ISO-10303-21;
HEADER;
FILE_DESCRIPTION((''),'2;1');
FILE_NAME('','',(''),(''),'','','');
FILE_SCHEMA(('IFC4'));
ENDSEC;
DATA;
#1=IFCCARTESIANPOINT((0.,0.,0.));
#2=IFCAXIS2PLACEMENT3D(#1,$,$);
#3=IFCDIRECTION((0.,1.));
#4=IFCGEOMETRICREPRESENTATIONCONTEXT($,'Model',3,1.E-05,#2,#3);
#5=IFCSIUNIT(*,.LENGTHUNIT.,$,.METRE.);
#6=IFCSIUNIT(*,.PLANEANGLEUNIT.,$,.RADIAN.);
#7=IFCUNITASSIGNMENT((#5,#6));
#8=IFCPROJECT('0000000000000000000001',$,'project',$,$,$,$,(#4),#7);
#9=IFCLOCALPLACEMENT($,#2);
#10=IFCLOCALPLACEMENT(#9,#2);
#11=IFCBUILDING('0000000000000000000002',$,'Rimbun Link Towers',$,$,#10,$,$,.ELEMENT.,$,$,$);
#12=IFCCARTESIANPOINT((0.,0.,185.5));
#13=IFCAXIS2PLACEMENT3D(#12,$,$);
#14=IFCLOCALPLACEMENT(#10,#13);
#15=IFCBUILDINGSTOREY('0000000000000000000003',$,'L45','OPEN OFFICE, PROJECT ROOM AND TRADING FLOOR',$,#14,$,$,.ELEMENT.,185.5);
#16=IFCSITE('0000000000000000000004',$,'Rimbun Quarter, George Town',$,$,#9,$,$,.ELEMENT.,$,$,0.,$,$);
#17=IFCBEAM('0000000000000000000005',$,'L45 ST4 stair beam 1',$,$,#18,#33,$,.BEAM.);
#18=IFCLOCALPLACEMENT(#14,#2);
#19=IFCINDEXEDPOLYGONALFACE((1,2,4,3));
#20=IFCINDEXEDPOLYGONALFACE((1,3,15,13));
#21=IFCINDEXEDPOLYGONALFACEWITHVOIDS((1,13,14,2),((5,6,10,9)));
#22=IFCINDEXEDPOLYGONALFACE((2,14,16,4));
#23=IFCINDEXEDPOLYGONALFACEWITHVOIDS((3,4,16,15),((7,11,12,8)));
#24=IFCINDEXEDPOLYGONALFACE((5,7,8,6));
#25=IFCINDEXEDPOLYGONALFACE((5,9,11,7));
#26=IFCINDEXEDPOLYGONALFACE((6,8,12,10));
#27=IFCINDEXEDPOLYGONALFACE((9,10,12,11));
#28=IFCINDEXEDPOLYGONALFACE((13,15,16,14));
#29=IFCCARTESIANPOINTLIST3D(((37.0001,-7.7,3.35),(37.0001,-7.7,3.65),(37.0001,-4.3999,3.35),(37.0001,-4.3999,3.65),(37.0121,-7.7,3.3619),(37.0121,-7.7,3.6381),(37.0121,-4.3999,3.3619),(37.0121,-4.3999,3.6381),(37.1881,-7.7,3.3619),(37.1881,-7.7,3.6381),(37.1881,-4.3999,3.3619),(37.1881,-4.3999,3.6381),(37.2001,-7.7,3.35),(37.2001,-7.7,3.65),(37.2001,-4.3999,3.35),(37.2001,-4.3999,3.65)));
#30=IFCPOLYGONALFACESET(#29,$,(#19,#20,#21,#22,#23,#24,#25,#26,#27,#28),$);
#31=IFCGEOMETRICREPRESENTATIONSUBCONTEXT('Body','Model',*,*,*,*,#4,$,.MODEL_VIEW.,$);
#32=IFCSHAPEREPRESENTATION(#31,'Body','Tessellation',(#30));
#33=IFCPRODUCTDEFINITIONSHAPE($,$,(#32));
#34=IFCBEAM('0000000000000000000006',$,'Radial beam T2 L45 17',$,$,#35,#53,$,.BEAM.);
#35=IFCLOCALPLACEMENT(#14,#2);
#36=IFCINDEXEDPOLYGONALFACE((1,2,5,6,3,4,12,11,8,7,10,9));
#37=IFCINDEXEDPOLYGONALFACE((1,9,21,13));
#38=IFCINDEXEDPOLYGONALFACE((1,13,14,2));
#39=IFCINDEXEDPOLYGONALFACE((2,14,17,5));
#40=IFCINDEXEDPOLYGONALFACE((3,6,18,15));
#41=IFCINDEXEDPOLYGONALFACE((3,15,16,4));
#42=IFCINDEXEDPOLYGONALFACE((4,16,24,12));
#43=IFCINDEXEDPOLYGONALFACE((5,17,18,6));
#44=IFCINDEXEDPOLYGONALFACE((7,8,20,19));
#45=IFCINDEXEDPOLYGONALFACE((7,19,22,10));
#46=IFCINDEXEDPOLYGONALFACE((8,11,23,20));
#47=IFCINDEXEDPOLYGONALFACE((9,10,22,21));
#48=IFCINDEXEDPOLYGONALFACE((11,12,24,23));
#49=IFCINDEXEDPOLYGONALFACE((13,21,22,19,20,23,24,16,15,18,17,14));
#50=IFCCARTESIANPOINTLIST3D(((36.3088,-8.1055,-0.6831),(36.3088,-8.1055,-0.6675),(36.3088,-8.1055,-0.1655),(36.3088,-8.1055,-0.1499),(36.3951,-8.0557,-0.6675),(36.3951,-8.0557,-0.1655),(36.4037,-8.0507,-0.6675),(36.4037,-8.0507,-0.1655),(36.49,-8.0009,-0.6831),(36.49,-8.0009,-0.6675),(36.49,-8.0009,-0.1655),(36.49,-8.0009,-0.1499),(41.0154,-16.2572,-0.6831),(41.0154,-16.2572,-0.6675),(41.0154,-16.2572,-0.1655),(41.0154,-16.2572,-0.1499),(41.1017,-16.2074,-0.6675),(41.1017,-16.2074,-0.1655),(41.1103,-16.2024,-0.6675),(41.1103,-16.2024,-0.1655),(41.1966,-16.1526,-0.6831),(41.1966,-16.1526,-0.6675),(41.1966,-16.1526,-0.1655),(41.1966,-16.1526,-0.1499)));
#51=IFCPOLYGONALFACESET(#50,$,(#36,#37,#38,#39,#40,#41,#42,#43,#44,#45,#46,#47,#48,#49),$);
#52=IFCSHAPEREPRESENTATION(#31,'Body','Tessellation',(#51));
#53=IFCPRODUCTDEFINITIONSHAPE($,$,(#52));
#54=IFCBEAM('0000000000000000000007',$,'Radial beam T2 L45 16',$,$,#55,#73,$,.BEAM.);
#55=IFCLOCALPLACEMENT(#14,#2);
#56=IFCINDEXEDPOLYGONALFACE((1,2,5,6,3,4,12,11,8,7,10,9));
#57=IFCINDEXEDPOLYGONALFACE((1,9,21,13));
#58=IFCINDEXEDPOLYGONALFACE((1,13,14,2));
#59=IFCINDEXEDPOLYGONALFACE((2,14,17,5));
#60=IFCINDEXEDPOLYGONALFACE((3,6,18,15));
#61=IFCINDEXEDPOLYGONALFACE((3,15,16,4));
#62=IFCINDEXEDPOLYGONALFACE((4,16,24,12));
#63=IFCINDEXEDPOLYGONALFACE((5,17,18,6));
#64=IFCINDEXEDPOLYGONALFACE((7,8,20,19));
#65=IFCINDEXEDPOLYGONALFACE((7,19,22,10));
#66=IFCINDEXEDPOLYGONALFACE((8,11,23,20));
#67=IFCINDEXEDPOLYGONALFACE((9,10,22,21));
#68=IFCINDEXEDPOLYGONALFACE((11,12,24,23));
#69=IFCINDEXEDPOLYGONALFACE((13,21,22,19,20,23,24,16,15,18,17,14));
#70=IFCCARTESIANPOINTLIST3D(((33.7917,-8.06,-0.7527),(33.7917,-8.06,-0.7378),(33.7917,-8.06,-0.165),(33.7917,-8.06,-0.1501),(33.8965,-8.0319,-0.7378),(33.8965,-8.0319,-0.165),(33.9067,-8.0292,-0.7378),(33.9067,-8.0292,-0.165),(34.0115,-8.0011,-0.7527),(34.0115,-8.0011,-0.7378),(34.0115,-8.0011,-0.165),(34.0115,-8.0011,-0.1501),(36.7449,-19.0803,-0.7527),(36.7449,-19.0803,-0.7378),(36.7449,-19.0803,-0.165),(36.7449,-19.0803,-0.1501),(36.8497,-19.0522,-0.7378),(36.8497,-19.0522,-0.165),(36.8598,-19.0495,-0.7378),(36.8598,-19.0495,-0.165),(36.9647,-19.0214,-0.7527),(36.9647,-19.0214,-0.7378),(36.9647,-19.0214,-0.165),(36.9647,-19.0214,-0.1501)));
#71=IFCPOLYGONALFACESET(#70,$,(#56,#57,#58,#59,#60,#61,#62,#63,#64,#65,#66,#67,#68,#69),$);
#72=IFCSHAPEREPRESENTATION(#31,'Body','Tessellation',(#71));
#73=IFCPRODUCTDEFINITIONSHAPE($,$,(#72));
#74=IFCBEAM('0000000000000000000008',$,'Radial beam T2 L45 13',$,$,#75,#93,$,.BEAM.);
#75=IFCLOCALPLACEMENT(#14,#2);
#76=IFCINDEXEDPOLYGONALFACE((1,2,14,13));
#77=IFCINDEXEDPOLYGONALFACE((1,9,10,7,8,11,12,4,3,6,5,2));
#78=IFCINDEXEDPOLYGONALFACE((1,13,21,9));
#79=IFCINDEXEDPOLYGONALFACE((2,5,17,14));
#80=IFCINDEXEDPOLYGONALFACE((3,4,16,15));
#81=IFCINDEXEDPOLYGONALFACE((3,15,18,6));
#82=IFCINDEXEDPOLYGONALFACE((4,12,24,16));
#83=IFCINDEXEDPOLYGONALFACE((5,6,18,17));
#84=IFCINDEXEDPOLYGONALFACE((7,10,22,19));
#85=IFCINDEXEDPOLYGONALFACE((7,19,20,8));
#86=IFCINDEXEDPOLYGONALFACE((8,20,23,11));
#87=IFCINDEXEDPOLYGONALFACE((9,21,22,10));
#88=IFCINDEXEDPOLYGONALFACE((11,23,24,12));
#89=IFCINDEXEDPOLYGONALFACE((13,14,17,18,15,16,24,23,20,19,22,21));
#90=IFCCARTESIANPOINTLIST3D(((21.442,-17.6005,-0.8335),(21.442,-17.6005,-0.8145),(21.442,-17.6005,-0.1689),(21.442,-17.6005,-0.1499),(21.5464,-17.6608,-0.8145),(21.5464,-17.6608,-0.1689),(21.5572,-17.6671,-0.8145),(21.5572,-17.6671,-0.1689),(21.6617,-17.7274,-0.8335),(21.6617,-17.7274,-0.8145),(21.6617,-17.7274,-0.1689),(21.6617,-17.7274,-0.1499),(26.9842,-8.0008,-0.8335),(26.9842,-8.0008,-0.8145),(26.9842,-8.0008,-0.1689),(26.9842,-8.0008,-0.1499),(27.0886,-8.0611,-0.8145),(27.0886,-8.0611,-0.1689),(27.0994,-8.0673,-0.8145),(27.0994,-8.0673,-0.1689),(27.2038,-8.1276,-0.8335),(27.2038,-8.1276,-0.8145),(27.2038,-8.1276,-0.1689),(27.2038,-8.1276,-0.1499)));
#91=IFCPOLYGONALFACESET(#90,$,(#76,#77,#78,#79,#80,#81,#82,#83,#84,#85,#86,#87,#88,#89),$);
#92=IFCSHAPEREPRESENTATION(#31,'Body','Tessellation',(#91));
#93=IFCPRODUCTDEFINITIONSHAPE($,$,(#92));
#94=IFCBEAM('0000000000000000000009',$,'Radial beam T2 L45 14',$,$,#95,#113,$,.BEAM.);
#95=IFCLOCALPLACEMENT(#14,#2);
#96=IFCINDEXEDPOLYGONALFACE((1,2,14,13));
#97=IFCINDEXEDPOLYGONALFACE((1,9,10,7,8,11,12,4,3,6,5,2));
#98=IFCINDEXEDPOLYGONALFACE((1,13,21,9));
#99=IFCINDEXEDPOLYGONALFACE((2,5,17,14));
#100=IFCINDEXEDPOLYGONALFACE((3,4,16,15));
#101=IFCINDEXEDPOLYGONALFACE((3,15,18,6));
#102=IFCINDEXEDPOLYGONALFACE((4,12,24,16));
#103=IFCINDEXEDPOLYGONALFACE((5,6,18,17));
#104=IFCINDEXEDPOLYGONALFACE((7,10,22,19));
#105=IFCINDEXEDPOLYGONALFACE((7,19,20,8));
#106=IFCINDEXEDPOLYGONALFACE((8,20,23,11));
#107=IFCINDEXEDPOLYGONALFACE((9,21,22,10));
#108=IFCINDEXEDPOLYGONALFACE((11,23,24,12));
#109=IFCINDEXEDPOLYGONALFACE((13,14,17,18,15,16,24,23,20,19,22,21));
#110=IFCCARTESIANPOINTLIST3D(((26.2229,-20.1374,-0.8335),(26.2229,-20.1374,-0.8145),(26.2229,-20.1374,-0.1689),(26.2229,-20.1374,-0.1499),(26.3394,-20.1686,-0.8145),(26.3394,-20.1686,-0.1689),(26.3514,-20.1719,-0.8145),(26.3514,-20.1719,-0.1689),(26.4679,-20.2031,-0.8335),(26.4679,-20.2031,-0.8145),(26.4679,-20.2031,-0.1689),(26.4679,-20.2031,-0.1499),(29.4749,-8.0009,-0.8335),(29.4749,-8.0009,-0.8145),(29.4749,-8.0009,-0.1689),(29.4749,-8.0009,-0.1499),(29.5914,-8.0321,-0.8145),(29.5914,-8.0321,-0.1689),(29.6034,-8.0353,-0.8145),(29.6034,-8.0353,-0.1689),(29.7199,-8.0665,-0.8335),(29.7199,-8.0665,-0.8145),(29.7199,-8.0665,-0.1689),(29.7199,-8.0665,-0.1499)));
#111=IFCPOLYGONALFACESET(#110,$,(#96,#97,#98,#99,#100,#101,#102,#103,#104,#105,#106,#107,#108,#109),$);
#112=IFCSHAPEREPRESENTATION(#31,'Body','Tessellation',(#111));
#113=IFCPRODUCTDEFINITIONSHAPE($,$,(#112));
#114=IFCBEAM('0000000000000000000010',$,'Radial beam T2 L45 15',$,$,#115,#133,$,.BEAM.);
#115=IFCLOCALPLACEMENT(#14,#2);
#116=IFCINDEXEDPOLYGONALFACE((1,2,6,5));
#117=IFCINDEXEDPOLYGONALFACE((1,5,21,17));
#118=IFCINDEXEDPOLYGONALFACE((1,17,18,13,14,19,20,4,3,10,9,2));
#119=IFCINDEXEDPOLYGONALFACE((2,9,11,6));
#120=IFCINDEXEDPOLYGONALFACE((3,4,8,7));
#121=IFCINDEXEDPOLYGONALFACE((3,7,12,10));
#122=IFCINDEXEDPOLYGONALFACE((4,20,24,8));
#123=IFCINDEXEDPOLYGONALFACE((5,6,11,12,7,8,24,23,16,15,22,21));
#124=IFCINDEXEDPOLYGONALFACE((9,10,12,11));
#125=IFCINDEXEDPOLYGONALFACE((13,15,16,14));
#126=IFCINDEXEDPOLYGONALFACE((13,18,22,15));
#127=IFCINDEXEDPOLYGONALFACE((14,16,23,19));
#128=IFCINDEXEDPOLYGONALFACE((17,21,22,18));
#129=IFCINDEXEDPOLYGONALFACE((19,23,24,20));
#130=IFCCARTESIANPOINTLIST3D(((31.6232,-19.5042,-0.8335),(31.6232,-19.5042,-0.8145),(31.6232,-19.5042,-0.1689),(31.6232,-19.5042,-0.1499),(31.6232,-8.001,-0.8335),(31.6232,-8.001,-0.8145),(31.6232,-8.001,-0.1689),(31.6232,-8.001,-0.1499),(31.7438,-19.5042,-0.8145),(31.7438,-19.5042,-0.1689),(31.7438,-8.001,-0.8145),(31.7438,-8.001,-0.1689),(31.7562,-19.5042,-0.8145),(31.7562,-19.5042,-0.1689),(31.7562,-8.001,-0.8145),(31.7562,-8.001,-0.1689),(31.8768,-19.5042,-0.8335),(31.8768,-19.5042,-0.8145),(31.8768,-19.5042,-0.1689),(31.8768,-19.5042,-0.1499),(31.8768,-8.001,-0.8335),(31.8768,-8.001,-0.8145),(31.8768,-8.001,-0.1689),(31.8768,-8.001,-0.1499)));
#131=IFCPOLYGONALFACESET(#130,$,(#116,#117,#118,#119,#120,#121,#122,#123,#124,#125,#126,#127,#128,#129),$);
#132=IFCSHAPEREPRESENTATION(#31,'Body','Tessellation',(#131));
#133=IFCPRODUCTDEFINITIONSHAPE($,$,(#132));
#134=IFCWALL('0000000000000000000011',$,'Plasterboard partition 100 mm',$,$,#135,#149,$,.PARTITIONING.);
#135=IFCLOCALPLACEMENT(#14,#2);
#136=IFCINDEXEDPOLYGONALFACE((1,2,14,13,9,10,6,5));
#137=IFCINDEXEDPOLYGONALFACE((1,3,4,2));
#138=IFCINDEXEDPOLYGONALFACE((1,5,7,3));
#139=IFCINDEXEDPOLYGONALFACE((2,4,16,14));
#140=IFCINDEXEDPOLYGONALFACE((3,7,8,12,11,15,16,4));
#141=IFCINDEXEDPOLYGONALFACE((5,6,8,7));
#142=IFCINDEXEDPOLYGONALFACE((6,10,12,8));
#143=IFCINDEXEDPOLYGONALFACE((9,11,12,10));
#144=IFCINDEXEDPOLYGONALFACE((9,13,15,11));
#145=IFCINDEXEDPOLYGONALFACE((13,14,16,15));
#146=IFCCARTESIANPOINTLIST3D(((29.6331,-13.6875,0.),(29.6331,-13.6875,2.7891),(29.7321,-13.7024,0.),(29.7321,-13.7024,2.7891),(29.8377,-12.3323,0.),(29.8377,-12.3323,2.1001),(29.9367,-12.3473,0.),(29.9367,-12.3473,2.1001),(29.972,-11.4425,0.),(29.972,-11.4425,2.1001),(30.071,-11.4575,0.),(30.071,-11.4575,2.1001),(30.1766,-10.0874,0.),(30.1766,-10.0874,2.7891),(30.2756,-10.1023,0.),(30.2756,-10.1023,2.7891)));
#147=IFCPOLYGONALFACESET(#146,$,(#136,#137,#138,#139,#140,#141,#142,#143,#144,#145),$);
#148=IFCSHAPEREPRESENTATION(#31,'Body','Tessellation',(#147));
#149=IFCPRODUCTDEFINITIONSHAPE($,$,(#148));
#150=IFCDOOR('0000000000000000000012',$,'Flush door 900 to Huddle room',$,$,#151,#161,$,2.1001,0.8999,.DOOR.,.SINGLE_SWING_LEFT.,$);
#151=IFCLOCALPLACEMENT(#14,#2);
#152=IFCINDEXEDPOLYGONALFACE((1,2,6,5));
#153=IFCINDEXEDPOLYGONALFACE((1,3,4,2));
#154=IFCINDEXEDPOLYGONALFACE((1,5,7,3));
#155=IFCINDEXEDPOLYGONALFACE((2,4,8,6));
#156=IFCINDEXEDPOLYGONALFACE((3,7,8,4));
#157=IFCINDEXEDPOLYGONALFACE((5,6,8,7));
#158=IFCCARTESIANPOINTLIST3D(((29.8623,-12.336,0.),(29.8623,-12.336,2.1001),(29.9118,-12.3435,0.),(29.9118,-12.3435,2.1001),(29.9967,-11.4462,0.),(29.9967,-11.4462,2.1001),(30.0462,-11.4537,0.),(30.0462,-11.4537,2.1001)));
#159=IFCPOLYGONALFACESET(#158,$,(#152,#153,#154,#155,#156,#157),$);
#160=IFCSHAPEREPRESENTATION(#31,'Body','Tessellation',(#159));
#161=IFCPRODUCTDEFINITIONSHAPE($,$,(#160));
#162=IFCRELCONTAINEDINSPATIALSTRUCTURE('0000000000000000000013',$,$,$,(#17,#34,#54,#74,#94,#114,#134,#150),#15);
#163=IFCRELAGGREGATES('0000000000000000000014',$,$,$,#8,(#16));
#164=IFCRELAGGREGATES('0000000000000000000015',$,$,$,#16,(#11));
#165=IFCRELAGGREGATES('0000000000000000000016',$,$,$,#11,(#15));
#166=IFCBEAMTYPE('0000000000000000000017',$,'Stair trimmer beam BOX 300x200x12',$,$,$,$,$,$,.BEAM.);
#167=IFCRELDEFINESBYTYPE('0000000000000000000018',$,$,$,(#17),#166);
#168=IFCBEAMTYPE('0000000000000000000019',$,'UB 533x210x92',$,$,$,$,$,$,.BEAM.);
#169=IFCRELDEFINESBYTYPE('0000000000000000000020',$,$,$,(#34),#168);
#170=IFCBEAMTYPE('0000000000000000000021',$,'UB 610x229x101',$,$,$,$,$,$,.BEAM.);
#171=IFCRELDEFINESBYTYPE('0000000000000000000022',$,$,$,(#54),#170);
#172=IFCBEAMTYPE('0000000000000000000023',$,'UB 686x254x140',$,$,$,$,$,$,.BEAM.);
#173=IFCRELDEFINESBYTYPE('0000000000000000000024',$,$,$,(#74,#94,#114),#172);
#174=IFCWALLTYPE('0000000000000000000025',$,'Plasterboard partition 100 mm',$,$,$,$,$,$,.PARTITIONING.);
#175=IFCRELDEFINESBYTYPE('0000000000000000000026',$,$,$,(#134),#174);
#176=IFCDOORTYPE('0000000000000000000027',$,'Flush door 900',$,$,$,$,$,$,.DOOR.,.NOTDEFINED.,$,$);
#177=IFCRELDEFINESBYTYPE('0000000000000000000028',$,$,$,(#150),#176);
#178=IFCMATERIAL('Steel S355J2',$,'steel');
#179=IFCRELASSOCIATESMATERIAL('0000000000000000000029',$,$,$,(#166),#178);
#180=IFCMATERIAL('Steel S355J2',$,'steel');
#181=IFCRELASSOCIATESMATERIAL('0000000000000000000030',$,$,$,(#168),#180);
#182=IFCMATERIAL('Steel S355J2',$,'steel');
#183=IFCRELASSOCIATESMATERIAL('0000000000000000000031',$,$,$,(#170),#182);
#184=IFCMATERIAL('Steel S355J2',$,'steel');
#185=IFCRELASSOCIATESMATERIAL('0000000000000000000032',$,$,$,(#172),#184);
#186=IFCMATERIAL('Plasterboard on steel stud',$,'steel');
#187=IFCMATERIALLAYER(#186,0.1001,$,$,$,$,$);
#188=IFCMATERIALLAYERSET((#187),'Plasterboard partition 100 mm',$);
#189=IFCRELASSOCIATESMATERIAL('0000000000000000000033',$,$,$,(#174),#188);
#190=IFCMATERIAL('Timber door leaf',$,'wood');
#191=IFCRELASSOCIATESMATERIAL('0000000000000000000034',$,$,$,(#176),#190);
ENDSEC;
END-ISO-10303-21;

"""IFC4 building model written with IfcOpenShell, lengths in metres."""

from ifc_helpers import new_model, si_unit, direction, frame, frame_2d, origin, origin_2d, place, context, subcontext, project, spatial, rectangle, hollow_rectangle, i_section, extrude, material, layer, layer_set, material_profile, profile_set, type_object, element, fill, save


model = new_model("IFC4")

# Units and contexts
model_context = context("Model", 3, precision=1e-05, world=origin(), true_north=direction((0.0, 1.0)))
body_context = subcontext(model_context, "Body", "Model", "MODEL_VIEW")
ifc_project = project(units=[si_unit("LENGTHUNIT", "METRE"), si_unit("PLANEANGLEUNIT", "RADIAN")], contexts=[model_context])

# Site, building, storey
site_placement = place(None, origin())
site = spatial("IfcSite", under=ifc_project, at=site_placement, Name="Rimbun Quarter, George Town", CompositionType="ELEMENT", RefElevation=0.0)
building_placement = place(site_placement, origin())
building = spatial("IfcBuilding", under=site, at=building_placement, Name="Rimbun Link Towers", CompositionType="ELEMENT")
storey_placement = place(building_placement, frame((0.0, 0.0, 185.5)))
storey = spatial("IfcBuildingStorey", under=building, at=storey_placement, Name="L45", Description="OPEN OFFICE, PROJECT ROOM AND TRADING FLOOR", CompositionType="ELEMENT", Elevation=185.5)

# Beams
ifc_material_1 = material(Name="Steel S355J2", Category="steel")
ifc_material_profile_1 = material_profile(ifc_material_1, hollow_rectangle(XDim=0.2, YDim=0.3, WallThickness=0.012, at=origin_2d()), Name="BOX 300x200x12")
ifc_profile_set_1 = profile_set([ifc_material_profile_1], Name="Steel S355J2")
beam_type_1 = type_object("IfcBeamType", Name="Stair trimmer beam BOX 300x200x12", PredefinedType="BEAM", material=ifc_profile_set_1)
beam_1_placement = place(storey_placement, frame((37.1001, -7.7, 3.5), z_axis=(0.0, 1.0, 0.0), x_axis=(-1.0, 0.0, 0.0)))
element("IfcBeam", 1, at=beam_1_placement, inside=storey, type_object=beam_type_1, Name="L45 ST4 stair beam 1", PredefinedType="BEAM", context=body_context, shape_type="SweptSolid", body=[
    extrude(hollow_rectangle(XDim=0.2, YDim=0.3, WallThickness=0.012, at=origin_2d()), origin(), (0.0, 0.0, 1.0), 3.3),
])
ifc_material_2 = material(Name="Steel S355J2", Category="steel")
ifc_material_profile_2 = material_profile(ifc_material_2, i_section(OverallWidth=0.2092, OverallDepth=0.5332, WebThickness=0.01, FlangeThickness=0.0156, at=origin_2d()), Name="UB 533x210x92")
ifc_profile_set_2 = profile_set([ifc_material_profile_2], Name="Steel S355J2")
beam_type_2 = type_object("IfcBeamType", Name="UB 533x210x92", PredefinedType="BEAM", material=ifc_profile_set_2)
beam_2_placement = place(storey_placement, frame((36.3994, -8.0532, -0.4165), z_axis=(0.500017, -0.866016, 0.0), x_axis=(0.866016, 0.500017, 0.0)))
element("IfcBeam", 2, at=beam_2_placement, inside=storey, type_object=beam_type_2, Name="Radial beam T2 L45 17", PredefinedType="BEAM", context=body_context, shape_type="SweptSolid", body=[
    extrude(i_section(OverallWidth=0.2092, OverallDepth=0.5332, WebThickness=0.01, FlangeThickness=0.0156, at=origin_2d()), origin(), (0.0, 0.0, 1.0), 9.4128),
])
ifc_material_3 = material(Name="Steel S355J2", Category="steel")
ifc_material_profile_3 = material_profile(ifc_material_3, i_section(OverallWidth=0.2275, OverallDepth=0.6025, WebThickness=0.0105, FlangeThickness=0.0149, at=origin_2d()), Name="UB 610x229x101")
ifc_profile_set_3 = profile_set([ifc_material_profile_3], Name="Steel S355J2")
beam_type_3 = type_object("IfcBeamType", Name="UB 610x229x101", PredefinedType="BEAM", material=ifc_profile_set_3)
beam_3_placement = place(storey_placement, frame((33.9016, -8.0305, -0.4514), z_axis=(0.25884, -0.96592, 0.0), x_axis=(0.96592, 0.25884, 0.0)))
element("IfcBeam", 3, at=beam_3_placement, inside=storey, type_object=beam_type_3, Name="Radial beam T2 L45 16", PredefinedType="BEAM", context=body_context, shape_type="SweptSolid", body=[
    extrude(i_section(OverallWidth=0.2275, OverallDepth=0.6025, WebThickness=0.0105, FlangeThickness=0.0149, at=origin_2d()), origin(), (0.0, 0.0, 1.0), 11.4092),
])
ifc_material_4 = material(Name="Steel S355J2", Category="steel")
ifc_material_profile_4 = material_profile(ifc_material_4, i_section(OverallWidth=0.2537, OverallDepth=0.6836, WebThickness=0.0125, FlangeThickness=0.019, at=origin_2d()), Name="UB 686x254x140")
ifc_profile_set_4 = profile_set([ifc_material_profile_4], Name="Steel S355J2")
beam_type_4 = type_object("IfcBeamType", Name="UB 686x254x140", PredefinedType="BEAM", material=ifc_profile_set_4)
beam_4_placement = place(storey_placement, frame((27.094, -8.0642, -0.4917), z_axis=(-0.499984, -0.866035, 0.0), x_axis=(0.866035, -0.499984, 0.0)))
element("IfcBeam", 4, at=beam_4_placement, inside=storey, type_object=beam_type_4, Name="Radial beam T2 L45 13", PredefinedType="BEAM", context=body_context, shape_type="SweptSolid", body=[
    extrude(i_section(OverallWidth=0.2537, OverallDepth=0.6836, WebThickness=0.0125, FlangeThickness=0.019, at=origin_2d()), origin(), (0.0, 0.0, 1.0), 11.0847),
])
beam_5_placement = place(storey_placement, frame((29.5974, -8.0337, -0.4917), z_axis=(-0.258819, -0.965926, 0.0), x_axis=(0.965926, -0.258819, 0.0)))
element("IfcBeam", 5, at=beam_5_placement, inside=storey, type_object=beam_type_4, Name="Radial beam T2 L45 14", PredefinedType="BEAM", context=body_context, shape_type="SweptSolid", body=[
    extrude(i_section(OverallWidth=0.2537, OverallDepth=0.6836, WebThickness=0.0125, FlangeThickness=0.019, at=origin_2d()), origin(), (0.0, 0.0, 1.0), 12.5647),
])
beam_6_placement = place(storey_placement, frame((31.75, -8.001, -0.4917), z_axis=(0.0, -1.0, 0.0), x_axis=(1.0, 0.0, 0.0)))
element("IfcBeam", 6, at=beam_6_placement, inside=storey, type_object=beam_type_4, Name="Radial beam T2 L45 15", PredefinedType="BEAM", context=body_context, shape_type="SweptSolid", body=[
    extrude(i_section(OverallWidth=0.2537, OverallDepth=0.6836, WebThickness=0.0125, FlangeThickness=0.019, at=origin_2d()), origin(), (0.0, 0.0, 1.0), 11.5032),
])

# Wall, opening, door
ifc_material_5 = material(Name="Plasterboard on steel stud", Category="steel")
ifc_layer_1 = layer(ifc_material_5, 0.1001)
ifc_layer_set_1 = layer_set([ifc_layer_1], Name="Plasterboard partition 100 mm")
wall_type_1 = type_object("IfcWallType", Name="Plasterboard partition 100 mm", PredefinedType="PARTITIONING", material=ifc_layer_set_1)
wall_1_placement = place(storey_placement, frame((30.2261, -10.095, 0.0), z_axis=(0.0, 0.0, 1.0), x_axis=(-0.149265, -0.988797, 0.0)))
wall_1 = element("IfcWall", 7, at=wall_1_placement, inside=storey, type_object=wall_type_1, Name="Plasterboard partition 100 mm", PredefinedType="PARTITIONING", context=body_context, shape_type="SweptSolid", body=[
    extrude(rectangle(XDim=3.6409, YDim=0.1001, at=frame_2d((1.8203, 0.0))), origin(), (0.0, 0.0, 1.0), 2.7891),
])
opening_1_placement = place(wall_1_placement, frame((1.3704, 0.0, 0.0)))
opening_1 = element("IfcOpeningElement", 8, at=opening_1_placement, cuts=wall_1, PredefinedType="OPENING", context=body_context, shape_type="SweptSolid", body=[
    extrude(rectangle(XDim=0.8999, YDim=2.1001, at=frame_2d((0.45, 1.05))), frame((0.0, 0.0601, 0.0), z_axis=(0.0, -1.0, 0.0), x_axis=(1.0, 0.0, 0.0)), (0.0, 0.0, 1.0), 0.1201),
])
ifc_material_6 = material(Name="Timber door leaf", Category="wood")
door_type_1 = type_object("IfcDoorType", Name="Flush door 900", OperationType="NOTDEFINED", PredefinedType="DOOR", material=ifc_material_6)
door_1_placement = place(opening_1_placement, origin())
door_1 = element("IfcDoor", 9, at=door_1_placement, inside=storey, type_object=door_type_1, Name="Flush door 900 to Huddle room", OperationType="SINGLE_SWING_LEFT", OverallHeight=2.1001, OverallWidth=0.8999, PredefinedType="DOOR", context=body_context, shape_type="SweptSolid", body=[
    extrude(rectangle(XDim=0.8999, YDim=2.1001, at=frame_2d((0.45, 1.05))), frame((0.0, 0.0249, 0.0), z_axis=(0.0, -1.0, 0.0), x_axis=(1.0, 0.0, 0.0)), (0.0, 0.0, 1.0), 0.05),
])
fill(opening_1, door_1)

save(model, "model.ifc")
